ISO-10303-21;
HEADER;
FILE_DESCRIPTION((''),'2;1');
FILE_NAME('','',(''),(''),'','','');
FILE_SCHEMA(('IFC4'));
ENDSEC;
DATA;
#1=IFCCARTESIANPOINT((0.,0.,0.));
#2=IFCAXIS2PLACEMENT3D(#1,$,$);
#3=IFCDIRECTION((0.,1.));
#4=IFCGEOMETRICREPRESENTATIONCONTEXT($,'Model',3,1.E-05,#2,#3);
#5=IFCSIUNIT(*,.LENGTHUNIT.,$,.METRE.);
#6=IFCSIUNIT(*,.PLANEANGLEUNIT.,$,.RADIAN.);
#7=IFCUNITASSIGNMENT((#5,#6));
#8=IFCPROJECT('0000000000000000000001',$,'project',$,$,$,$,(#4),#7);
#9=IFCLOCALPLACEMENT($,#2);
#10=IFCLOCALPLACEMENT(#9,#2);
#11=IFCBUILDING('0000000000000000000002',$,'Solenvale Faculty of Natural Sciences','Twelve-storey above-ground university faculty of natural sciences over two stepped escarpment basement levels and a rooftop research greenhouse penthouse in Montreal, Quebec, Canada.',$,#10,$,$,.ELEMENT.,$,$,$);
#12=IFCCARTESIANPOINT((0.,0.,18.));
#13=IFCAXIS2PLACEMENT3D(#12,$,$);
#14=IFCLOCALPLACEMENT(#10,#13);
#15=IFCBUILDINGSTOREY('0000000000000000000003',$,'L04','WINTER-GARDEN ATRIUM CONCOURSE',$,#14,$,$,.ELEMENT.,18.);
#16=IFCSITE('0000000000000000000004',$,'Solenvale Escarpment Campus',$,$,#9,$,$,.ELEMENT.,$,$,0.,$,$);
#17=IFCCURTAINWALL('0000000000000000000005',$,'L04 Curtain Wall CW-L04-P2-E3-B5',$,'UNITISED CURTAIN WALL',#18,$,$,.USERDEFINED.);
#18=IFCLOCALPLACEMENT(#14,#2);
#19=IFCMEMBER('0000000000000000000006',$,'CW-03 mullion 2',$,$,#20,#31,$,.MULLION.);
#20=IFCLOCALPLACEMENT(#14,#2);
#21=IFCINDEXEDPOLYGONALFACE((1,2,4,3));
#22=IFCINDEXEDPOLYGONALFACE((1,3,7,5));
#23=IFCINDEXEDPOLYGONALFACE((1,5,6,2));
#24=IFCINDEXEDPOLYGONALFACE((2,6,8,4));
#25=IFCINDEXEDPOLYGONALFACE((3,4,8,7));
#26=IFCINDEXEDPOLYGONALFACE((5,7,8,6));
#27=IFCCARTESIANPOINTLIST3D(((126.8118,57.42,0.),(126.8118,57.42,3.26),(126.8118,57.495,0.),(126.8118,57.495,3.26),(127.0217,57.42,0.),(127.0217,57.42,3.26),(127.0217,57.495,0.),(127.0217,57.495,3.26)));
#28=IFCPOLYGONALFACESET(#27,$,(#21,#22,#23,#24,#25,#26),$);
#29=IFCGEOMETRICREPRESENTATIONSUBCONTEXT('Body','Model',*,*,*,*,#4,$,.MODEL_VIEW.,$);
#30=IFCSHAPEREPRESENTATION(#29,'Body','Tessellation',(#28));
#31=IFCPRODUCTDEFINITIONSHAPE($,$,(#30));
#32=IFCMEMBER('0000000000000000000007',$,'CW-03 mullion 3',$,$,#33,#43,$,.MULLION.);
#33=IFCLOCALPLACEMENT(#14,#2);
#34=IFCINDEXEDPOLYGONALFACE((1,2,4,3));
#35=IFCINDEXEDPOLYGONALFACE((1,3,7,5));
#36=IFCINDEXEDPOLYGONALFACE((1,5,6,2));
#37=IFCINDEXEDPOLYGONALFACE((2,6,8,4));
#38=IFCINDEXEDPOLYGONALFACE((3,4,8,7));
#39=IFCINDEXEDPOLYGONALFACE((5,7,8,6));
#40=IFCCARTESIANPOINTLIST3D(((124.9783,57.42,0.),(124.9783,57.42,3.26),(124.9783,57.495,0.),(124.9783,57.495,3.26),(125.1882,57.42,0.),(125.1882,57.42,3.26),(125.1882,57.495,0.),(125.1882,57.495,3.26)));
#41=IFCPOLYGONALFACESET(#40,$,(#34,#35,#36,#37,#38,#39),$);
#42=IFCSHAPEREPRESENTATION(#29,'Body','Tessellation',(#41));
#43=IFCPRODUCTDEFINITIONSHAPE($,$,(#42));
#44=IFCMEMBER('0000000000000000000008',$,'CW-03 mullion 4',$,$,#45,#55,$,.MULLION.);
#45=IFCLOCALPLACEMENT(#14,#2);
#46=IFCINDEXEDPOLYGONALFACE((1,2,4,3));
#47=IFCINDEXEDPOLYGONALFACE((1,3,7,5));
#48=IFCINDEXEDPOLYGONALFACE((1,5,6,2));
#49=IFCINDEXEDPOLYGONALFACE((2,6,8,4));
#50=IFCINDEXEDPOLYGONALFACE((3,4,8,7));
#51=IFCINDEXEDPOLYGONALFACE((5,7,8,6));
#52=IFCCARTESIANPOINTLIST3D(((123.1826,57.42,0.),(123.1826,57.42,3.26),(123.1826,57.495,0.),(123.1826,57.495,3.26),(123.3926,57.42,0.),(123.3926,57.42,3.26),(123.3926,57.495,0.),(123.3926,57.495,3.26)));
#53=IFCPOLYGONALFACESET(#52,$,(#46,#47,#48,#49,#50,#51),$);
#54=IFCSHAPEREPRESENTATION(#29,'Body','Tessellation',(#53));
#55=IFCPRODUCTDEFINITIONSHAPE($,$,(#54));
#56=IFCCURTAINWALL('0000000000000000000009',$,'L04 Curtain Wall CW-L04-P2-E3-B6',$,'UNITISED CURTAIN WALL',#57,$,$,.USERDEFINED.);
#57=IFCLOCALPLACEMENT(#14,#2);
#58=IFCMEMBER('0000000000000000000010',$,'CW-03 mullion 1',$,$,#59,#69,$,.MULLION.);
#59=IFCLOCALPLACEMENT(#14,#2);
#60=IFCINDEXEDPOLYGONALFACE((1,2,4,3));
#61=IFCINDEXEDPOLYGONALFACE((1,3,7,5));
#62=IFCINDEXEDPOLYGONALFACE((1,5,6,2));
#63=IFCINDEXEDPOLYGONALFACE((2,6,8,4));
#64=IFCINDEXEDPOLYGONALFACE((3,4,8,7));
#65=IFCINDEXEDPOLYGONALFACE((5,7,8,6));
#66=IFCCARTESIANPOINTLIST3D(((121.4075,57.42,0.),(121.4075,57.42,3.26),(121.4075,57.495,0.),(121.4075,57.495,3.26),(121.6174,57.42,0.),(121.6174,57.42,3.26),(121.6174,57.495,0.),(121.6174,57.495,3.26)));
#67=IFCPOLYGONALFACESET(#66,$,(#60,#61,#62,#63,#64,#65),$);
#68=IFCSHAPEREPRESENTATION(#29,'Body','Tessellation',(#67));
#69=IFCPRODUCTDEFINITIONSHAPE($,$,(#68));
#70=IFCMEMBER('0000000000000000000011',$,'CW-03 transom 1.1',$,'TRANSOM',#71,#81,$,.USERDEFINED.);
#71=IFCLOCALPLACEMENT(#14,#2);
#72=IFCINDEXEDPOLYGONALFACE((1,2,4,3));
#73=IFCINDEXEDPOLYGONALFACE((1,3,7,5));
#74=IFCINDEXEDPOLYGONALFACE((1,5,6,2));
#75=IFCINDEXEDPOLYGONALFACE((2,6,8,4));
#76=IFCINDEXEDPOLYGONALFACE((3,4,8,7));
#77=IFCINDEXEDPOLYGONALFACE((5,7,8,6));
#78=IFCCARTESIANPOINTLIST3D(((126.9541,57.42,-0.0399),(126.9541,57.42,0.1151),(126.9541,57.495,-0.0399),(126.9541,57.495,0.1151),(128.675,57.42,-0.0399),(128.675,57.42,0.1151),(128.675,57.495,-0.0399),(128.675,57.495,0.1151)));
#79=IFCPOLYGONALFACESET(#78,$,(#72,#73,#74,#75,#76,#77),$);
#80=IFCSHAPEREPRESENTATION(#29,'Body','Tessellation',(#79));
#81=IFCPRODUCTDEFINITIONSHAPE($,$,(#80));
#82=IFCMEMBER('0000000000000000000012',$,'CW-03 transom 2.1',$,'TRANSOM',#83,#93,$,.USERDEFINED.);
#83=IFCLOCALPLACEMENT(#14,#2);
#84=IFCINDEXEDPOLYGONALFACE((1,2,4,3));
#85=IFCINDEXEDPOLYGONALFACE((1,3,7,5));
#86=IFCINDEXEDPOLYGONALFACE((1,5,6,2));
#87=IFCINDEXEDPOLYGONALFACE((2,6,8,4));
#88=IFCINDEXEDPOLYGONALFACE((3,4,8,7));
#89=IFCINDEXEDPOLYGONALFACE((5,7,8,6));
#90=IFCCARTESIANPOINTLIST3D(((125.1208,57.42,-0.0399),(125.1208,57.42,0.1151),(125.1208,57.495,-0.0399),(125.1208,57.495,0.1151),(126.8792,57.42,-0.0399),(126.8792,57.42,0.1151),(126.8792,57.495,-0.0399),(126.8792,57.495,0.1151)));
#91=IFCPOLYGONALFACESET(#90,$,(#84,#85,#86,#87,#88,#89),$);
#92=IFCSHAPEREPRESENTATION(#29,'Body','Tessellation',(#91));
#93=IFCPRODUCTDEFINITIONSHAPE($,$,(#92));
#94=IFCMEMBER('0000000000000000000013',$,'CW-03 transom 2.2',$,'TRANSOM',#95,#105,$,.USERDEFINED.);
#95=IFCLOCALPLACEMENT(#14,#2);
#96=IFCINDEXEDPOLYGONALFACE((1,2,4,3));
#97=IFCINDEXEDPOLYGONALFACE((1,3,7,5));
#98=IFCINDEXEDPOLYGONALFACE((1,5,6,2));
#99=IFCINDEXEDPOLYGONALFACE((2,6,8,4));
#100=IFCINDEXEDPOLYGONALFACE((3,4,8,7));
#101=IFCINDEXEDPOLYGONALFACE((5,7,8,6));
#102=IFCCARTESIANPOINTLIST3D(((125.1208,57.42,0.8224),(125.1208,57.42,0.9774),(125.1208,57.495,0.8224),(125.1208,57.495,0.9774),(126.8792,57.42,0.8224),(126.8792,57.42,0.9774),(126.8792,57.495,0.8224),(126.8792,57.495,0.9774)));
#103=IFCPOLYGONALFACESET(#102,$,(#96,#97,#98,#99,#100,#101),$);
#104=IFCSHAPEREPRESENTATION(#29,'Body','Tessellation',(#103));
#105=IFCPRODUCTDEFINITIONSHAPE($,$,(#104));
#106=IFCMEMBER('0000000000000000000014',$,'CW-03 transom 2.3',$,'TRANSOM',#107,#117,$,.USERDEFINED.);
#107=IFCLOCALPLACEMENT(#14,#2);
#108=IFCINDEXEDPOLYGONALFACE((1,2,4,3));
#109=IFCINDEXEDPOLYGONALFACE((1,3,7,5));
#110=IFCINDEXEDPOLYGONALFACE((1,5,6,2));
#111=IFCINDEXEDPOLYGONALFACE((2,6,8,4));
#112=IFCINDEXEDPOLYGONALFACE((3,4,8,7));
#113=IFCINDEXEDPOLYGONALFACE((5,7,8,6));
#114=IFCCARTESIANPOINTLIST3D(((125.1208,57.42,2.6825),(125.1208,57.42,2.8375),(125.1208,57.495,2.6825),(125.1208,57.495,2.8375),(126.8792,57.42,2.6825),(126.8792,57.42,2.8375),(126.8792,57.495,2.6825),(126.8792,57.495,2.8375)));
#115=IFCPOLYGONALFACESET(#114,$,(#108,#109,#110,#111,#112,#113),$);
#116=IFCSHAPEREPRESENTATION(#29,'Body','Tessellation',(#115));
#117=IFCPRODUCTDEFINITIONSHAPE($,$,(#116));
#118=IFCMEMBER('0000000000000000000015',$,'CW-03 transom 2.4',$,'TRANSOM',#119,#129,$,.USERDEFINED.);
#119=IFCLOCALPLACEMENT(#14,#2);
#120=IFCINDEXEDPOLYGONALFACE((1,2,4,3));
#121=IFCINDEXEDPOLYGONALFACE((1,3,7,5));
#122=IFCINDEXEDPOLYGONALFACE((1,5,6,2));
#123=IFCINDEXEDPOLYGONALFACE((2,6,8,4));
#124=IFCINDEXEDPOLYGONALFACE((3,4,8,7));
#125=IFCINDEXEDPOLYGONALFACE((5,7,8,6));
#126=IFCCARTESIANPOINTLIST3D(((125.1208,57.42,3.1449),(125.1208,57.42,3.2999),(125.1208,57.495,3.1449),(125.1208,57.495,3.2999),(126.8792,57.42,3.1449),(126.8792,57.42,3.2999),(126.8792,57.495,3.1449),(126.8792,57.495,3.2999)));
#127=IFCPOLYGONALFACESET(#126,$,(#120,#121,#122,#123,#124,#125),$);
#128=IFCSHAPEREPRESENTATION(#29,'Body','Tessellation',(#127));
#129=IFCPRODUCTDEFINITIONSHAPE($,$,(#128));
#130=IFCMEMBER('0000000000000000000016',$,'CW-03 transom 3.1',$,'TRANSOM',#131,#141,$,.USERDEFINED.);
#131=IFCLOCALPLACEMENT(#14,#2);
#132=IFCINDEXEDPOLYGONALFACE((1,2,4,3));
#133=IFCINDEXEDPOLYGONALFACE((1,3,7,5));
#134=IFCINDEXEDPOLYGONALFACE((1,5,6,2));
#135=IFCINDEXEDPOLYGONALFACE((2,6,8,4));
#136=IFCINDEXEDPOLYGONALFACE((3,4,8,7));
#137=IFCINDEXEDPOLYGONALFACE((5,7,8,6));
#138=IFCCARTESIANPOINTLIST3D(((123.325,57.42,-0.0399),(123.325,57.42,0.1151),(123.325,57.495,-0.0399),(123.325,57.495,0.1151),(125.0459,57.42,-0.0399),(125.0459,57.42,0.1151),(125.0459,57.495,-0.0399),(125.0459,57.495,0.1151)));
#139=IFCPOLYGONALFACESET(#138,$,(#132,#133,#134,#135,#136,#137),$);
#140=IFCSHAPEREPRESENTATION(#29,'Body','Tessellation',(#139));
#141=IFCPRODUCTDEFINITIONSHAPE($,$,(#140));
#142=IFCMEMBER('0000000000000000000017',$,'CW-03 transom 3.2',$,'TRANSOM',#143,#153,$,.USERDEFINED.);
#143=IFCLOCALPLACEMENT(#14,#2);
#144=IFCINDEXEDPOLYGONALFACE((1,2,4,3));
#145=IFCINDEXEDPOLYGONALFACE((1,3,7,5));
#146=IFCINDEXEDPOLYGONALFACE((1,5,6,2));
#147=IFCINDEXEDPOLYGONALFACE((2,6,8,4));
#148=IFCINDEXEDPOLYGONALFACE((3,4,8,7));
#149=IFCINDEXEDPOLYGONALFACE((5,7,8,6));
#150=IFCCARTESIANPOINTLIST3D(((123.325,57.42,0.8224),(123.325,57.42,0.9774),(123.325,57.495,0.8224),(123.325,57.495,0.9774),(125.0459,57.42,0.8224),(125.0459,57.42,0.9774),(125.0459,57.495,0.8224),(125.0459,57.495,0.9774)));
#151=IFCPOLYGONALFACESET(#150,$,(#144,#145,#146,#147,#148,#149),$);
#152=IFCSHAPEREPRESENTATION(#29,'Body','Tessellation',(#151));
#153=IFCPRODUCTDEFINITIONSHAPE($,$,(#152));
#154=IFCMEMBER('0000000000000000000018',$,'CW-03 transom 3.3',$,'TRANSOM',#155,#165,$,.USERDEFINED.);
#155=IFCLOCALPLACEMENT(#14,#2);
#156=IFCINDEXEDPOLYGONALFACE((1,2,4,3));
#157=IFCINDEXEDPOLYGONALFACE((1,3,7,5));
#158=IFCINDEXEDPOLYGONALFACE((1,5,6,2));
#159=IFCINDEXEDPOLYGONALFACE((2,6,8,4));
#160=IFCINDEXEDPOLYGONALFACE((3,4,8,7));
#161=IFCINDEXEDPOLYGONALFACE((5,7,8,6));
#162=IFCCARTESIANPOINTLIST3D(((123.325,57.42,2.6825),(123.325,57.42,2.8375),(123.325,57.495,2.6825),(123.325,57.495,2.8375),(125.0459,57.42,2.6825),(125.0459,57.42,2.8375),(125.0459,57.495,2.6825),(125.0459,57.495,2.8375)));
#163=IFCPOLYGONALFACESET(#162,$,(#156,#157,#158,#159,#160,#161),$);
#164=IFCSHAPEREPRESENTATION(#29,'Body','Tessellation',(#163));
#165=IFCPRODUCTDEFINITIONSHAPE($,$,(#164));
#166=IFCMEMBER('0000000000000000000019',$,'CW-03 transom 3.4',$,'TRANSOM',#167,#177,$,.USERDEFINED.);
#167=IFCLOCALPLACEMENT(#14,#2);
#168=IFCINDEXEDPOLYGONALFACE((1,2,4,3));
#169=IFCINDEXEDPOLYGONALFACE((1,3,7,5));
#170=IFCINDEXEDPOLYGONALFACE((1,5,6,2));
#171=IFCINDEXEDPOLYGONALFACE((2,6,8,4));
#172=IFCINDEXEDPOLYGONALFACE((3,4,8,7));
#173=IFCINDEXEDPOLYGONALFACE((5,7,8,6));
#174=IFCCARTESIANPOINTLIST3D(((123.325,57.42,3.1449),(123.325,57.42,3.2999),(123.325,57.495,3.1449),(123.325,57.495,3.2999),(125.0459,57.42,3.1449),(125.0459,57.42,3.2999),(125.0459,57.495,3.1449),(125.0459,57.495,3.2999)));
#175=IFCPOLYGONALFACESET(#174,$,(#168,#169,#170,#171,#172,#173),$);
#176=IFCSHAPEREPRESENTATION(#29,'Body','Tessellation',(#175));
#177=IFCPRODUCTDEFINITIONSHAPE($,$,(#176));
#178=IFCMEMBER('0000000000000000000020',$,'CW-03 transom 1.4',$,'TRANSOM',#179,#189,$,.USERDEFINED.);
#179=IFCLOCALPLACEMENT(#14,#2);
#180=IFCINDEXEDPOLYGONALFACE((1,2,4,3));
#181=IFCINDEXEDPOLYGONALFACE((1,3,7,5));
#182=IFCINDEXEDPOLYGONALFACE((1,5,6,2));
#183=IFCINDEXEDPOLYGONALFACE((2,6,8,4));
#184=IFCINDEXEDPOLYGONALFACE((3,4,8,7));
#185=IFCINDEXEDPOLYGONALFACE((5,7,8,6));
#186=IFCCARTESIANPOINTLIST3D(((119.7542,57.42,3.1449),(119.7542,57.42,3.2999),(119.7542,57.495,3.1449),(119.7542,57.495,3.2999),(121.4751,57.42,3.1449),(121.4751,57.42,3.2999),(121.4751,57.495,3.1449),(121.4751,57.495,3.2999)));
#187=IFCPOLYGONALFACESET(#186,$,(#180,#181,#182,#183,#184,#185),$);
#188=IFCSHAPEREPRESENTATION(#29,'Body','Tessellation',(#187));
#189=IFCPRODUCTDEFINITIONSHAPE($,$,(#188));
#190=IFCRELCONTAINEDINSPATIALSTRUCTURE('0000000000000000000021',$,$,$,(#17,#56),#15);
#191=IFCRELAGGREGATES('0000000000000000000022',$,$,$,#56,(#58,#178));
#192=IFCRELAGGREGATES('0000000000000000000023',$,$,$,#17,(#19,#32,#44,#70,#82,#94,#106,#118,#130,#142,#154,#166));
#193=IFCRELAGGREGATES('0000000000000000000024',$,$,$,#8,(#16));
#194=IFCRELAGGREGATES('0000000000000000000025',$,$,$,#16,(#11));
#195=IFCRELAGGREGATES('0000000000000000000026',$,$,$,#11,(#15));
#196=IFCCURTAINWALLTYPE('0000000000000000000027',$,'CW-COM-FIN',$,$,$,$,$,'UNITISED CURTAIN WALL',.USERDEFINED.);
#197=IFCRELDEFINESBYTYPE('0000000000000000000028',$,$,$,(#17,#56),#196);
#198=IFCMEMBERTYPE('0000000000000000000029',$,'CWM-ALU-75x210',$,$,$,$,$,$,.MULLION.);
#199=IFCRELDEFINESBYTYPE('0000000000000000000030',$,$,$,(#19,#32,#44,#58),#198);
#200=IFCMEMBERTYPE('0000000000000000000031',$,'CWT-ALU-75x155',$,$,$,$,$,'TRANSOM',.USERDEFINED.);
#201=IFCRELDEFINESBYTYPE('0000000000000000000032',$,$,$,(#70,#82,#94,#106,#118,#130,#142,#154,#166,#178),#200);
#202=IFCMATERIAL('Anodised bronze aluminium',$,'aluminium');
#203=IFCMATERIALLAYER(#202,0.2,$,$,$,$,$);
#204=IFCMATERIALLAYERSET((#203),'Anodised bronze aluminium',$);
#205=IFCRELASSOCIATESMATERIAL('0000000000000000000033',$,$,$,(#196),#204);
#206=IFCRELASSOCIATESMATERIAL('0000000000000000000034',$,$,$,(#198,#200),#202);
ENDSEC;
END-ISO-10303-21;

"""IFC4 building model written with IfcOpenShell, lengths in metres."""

from ifc_helpers import new_model, si_unit, direction, frame, origin, origin_2d, place, context, subcontext, project, spatial, rectangle, extrude, material, layer, layer_set, material_profile, profile_set, type_object, element, aggregate, save


model = new_model("IFC4")

# Units and contexts
model_context = context("Model", 3, precision=1e-05, world=origin(), true_north=direction((0.0, 1.0)))
body_context = subcontext(model_context, "Body", "Model", "MODEL_VIEW")
ifc_project = project(units=[si_unit("LENGTHUNIT", "METRE"), si_unit("PLANEANGLEUNIT", "RADIAN")], contexts=[model_context])

# Site, building, storey
site_placement = place(None, origin())
site = spatial("IfcSite", under=ifc_project, at=site_placement, Name="Solenvale Escarpment Campus", CompositionType="ELEMENT", RefElevation=0.0)
building_placement = place(site_placement, origin())
building = spatial("IfcBuilding", under=site, at=building_placement, Name="Solenvale Faculty of Natural Sciences", Description="Twelve-storey above-ground university faculty of natural sciences over two stepped escarpment basement levels and a rooftop research greenhouse penthouse in Montreal, Quebec, Canada.", CompositionType="ELEMENT")
storey_placement = place(building_placement, frame((0.0, 0.0, 18.0)))
storey = spatial("IfcBuildingStorey", under=building, at=storey_placement, Name="L04", Description="WINTER-GARDEN ATRIUM CONCOURSE", CompositionType="ELEMENT", Elevation=18.0)

# Curtain wall, members
ifc_material_1 = material(Name="Anodised bronze aluminium", Category="aluminium")
ifc_layer_1 = layer(ifc_material_1, 0.2)
ifc_layer_set_1 = layer_set([ifc_layer_1], Name="Anodised bronze aluminium")
curtain_wall_type = type_object("IfcCurtainWallType", Name="CW-COM-FIN", ElementType="UNITISED CURTAIN WALL", PredefinedType="USERDEFINED", material=ifc_layer_set_1)
curtain_wall_1_placement = place(storey_placement, origin())
curtain_wall_1 = element("IfcCurtainWall", 1, at=curtain_wall_1_placement, inside=storey, type_object=curtain_wall_type, Name="L04 Curtain Wall CW-L04-P2-E3-B5", ObjectType="UNITISED CURTAIN WALL", PredefinedType="USERDEFINED")
ifc_material_profile_1 = material_profile(ifc_material_1, rectangle(XDim=0.075, YDim=0.21, at=origin_2d()), Name="ALU-MUL-75x210")
ifc_profile_set_1 = profile_set([ifc_material_profile_1], Name="Anodised bronze aluminium")
member_type_1 = type_object("IfcMemberType", Name="CWM-ALU-75x210", PredefinedType="MULLION", material=ifc_profile_set_1)
member_1_placement = place(storey_placement, frame((126.9167, 57.4575, 0.0), z_axis=(0.0, 0.0, 1.0), x_axis=(0.0, -1.0, 0.0)))
member_1 = element("IfcMember", 2, at=member_1_placement, type_object=member_type_1, Name="CW-03 mullion 2", PredefinedType="MULLION", context=body_context, shape_type="SweptSolid", body=[
    extrude(rectangle(XDim=0.075, YDim=0.21, at=origin_2d()), origin(), (0.0, 0.0, 1.0), 3.26),
])
member_2_placement = place(storey_placement, frame((125.0833, 57.4575, 0.0), z_axis=(0.0, 0.0, 1.0), x_axis=(0.0, -1.0, 0.0)))
member_2 = element("IfcMember", 3, at=member_2_placement, type_object=member_type_1, Name="CW-03 mullion 3", PredefinedType="MULLION", context=body_context, shape_type="SweptSolid", body=[
    extrude(rectangle(XDim=0.075, YDim=0.21, at=origin_2d()), origin(), (0.0, 0.0, 1.0), 3.26),
])
member_3_placement = place(storey_placement, frame((123.2876, 57.4575, 0.0), z_axis=(0.0, 0.0, 1.0), x_axis=(0.0, -1.0, 0.0)))
member_3 = element("IfcMember", 4, at=member_3_placement, type_object=member_type_1, Name="CW-03 mullion 4", PredefinedType="MULLION", context=body_context, shape_type="SweptSolid", body=[
    extrude(rectangle(XDim=0.075, YDim=0.21, at=origin_2d()), origin(), (0.0, 0.0, 1.0), 3.26),
])

# Curtain wall, member
curtain_wall_2_placement = place(storey_placement, origin())
curtain_wall_2 = element("IfcCurtainWall", 5, at=curtain_wall_2_placement, inside=storey, type_object=curtain_wall_type, Name="L04 Curtain Wall CW-L04-P2-E3-B6", ObjectType="UNITISED CURTAIN WALL", PredefinedType="USERDEFINED")
member_4_placement = place(storey_placement, frame((121.5125, 57.4575, 0.0), z_axis=(0.0, 0.0, 1.0), x_axis=(0.0, -1.0, 0.0)))
member_4 = element("IfcMember", 6, at=member_4_placement, type_object=member_type_1, Name="CW-03 mullion 1", PredefinedType="MULLION", context=body_context, shape_type="SweptSolid", body=[
    extrude(rectangle(XDim=0.075, YDim=0.21, at=origin_2d()), origin(), (0.0, 0.0, 1.0), 3.26),
])

# Members
ifc_material_profile_2 = material_profile(ifc_material_1, rectangle(XDim=0.075, YDim=0.155, at=origin_2d()), Name="ALU-TRN-75x155")
ifc_profile_set_2 = profile_set([ifc_material_profile_2], Name="Anodised bronze aluminium")
member_type_2 = type_object("IfcMemberType", Name="CWT-ALU-75x155", ElementType="TRANSOM", PredefinedType="USERDEFINED", material=ifc_profile_set_2)
member_5_placement = place(storey_placement, frame((128.675, 57.4575, 0.0376), z_axis=(-1.0, 0.0, 0.0), x_axis=(0.0, -1.0, 0.0)))
member_5 = element("IfcMember", 7, at=member_5_placement, type_object=member_type_2, Name="CW-03 transom 1.1", ObjectType="TRANSOM", PredefinedType="USERDEFINED", context=body_context, shape_type="SweptSolid", body=[
    extrude(rectangle(XDim=0.075, YDim=0.155, at=origin_2d()), origin(), (0.0, 0.0, 1.0), 1.7209),
])
member_6_placement = place(storey_placement, frame((126.8792, 57.4575, 0.0376), z_axis=(-1.0, 0.0, 0.0), x_axis=(0.0, -1.0, 0.0)))
member_6 = element("IfcMember", 8, at=member_6_placement, type_object=member_type_2, Name="CW-03 transom 2.1", ObjectType="TRANSOM", PredefinedType="USERDEFINED", context=body_context, shape_type="SweptSolid", body=[
    extrude(rectangle(XDim=0.075, YDim=0.155, at=origin_2d()), origin(), (0.0, 0.0, 1.0), 1.7583),
])
member_7_placement = place(storey_placement, frame((126.8792, 57.4575, 0.8999), z_axis=(-1.0, 0.0, 0.0), x_axis=(0.0, -1.0, 0.0)))
member_7 = element("IfcMember", 9, at=member_7_placement, type_object=member_type_2, Name="CW-03 transom 2.2", ObjectType="TRANSOM", PredefinedType="USERDEFINED", context=body_context, shape_type="SweptSolid", body=[
    extrude(rectangle(XDim=0.075, YDim=0.155, at=origin_2d()), origin(), (0.0, 0.0, 1.0), 1.7583),
])
member_8_placement = place(storey_placement, frame((126.8792, 57.4575, 2.76), z_axis=(-1.0, 0.0, 0.0), x_axis=(0.0, -1.0, 0.0)))
member_8 = element("IfcMember", 10, at=member_8_placement, type_object=member_type_2, Name="CW-03 transom 2.3", ObjectType="TRANSOM", PredefinedType="USERDEFINED", context=body_context, shape_type="SweptSolid", body=[
    extrude(rectangle(XDim=0.075, YDim=0.155, at=origin_2d()), origin(), (0.0, 0.0, 1.0), 1.7583),
])
member_9_placement = place(storey_placement, frame((126.8792, 57.4575, 3.2224), z_axis=(-1.0, 0.0, 0.0), x_axis=(0.0, -1.0, 0.0)))
member_9 = element("IfcMember", 11, at=member_9_placement, type_object=member_type_2, Name="CW-03 transom 2.4", ObjectType="TRANSOM", PredefinedType="USERDEFINED", context=body_context, shape_type="SweptSolid", body=[
    extrude(rectangle(XDim=0.075, YDim=0.155, at=origin_2d()), origin(), (0.0, 0.0, 1.0), 1.7583),
])
member_10_placement = place(storey_placement, frame((125.0459, 57.4575, 0.0376), z_axis=(-1.0, 0.0, 0.0), x_axis=(0.0, -1.0, 0.0)))
member_10 = element("IfcMember", 12, at=member_10_placement, type_object=member_type_2, Name="CW-03 transom 3.1", ObjectType="TRANSOM", PredefinedType="USERDEFINED", context=body_context, shape_type="SweptSolid", body=[
    extrude(rectangle(XDim=0.075, YDim=0.155, at=origin_2d()), origin(), (0.0, 0.0, 1.0), 1.7209),
])
member_11_placement = place(storey_placement, frame((125.0459, 57.4575, 0.8999), z_axis=(-1.0, 0.0, 0.0), x_axis=(0.0, -1.0, 0.0)))
member_11 = element("IfcMember", 13, at=member_11_placement, type_object=member_type_2, Name="CW-03 transom 3.2", ObjectType="TRANSOM", PredefinedType="USERDEFINED", context=body_context, shape_type="SweptSolid", body=[
    extrude(rectangle(XDim=0.075, YDim=0.155, at=origin_2d()), origin(), (0.0, 0.0, 1.0), 1.7209),
])
member_12_placement = place(storey_placement, frame((125.0459, 57.4575, 2.76), z_axis=(-1.0, 0.0, 0.0), x_axis=(0.0, -1.0, 0.0)))
member_12 = element("IfcMember", 14, at=member_12_placement, type_object=member_type_2, Name="CW-03 transom 3.3", ObjectType="TRANSOM", PredefinedType="USERDEFINED", context=body_context, shape_type="SweptSolid", body=[
    extrude(rectangle(XDim=0.075, YDim=0.155, at=origin_2d()), origin(), (0.0, 0.0, 1.0), 1.7209),
])
member_13_placement = place(storey_placement, frame((125.0459, 57.4575, 3.2224), z_axis=(-1.0, 0.0, 0.0), x_axis=(0.0, -1.0, 0.0)))
member_13 = element("IfcMember", 15, at=member_13_placement, type_object=member_type_2, Name="CW-03 transom 3.4", ObjectType="TRANSOM", PredefinedType="USERDEFINED", context=body_context, shape_type="SweptSolid", body=[
    extrude(rectangle(XDim=0.075, YDim=0.155, at=origin_2d()), origin(), (0.0, 0.0, 1.0), 1.7209),
])
member_14_placement = place(storey_placement, frame((121.4751, 57.4575, 3.2224), z_axis=(-1.0, 0.0, 0.0), x_axis=(0.0, -1.0, 0.0)))
member_14 = element("IfcMember", 16, at=member_14_placement, type_object=member_type_2, Name="CW-03 transom 1.4", ObjectType="TRANSOM", PredefinedType="USERDEFINED", context=body_context, shape_type="SweptSolid", body=[
    extrude(rectangle(XDim=0.075, YDim=0.155, at=origin_2d()), origin(), (0.0, 0.0, 1.0), 1.7209),
])
aggregate(curtain_wall_2, [member_4, member_14])

aggregate(curtain_wall_1, [member_1, member_2, member_3, member_5, member_6, member_7, member_8, member_9, member_10, member_11, member_12, member_13])

save(model, "model.ifc")
